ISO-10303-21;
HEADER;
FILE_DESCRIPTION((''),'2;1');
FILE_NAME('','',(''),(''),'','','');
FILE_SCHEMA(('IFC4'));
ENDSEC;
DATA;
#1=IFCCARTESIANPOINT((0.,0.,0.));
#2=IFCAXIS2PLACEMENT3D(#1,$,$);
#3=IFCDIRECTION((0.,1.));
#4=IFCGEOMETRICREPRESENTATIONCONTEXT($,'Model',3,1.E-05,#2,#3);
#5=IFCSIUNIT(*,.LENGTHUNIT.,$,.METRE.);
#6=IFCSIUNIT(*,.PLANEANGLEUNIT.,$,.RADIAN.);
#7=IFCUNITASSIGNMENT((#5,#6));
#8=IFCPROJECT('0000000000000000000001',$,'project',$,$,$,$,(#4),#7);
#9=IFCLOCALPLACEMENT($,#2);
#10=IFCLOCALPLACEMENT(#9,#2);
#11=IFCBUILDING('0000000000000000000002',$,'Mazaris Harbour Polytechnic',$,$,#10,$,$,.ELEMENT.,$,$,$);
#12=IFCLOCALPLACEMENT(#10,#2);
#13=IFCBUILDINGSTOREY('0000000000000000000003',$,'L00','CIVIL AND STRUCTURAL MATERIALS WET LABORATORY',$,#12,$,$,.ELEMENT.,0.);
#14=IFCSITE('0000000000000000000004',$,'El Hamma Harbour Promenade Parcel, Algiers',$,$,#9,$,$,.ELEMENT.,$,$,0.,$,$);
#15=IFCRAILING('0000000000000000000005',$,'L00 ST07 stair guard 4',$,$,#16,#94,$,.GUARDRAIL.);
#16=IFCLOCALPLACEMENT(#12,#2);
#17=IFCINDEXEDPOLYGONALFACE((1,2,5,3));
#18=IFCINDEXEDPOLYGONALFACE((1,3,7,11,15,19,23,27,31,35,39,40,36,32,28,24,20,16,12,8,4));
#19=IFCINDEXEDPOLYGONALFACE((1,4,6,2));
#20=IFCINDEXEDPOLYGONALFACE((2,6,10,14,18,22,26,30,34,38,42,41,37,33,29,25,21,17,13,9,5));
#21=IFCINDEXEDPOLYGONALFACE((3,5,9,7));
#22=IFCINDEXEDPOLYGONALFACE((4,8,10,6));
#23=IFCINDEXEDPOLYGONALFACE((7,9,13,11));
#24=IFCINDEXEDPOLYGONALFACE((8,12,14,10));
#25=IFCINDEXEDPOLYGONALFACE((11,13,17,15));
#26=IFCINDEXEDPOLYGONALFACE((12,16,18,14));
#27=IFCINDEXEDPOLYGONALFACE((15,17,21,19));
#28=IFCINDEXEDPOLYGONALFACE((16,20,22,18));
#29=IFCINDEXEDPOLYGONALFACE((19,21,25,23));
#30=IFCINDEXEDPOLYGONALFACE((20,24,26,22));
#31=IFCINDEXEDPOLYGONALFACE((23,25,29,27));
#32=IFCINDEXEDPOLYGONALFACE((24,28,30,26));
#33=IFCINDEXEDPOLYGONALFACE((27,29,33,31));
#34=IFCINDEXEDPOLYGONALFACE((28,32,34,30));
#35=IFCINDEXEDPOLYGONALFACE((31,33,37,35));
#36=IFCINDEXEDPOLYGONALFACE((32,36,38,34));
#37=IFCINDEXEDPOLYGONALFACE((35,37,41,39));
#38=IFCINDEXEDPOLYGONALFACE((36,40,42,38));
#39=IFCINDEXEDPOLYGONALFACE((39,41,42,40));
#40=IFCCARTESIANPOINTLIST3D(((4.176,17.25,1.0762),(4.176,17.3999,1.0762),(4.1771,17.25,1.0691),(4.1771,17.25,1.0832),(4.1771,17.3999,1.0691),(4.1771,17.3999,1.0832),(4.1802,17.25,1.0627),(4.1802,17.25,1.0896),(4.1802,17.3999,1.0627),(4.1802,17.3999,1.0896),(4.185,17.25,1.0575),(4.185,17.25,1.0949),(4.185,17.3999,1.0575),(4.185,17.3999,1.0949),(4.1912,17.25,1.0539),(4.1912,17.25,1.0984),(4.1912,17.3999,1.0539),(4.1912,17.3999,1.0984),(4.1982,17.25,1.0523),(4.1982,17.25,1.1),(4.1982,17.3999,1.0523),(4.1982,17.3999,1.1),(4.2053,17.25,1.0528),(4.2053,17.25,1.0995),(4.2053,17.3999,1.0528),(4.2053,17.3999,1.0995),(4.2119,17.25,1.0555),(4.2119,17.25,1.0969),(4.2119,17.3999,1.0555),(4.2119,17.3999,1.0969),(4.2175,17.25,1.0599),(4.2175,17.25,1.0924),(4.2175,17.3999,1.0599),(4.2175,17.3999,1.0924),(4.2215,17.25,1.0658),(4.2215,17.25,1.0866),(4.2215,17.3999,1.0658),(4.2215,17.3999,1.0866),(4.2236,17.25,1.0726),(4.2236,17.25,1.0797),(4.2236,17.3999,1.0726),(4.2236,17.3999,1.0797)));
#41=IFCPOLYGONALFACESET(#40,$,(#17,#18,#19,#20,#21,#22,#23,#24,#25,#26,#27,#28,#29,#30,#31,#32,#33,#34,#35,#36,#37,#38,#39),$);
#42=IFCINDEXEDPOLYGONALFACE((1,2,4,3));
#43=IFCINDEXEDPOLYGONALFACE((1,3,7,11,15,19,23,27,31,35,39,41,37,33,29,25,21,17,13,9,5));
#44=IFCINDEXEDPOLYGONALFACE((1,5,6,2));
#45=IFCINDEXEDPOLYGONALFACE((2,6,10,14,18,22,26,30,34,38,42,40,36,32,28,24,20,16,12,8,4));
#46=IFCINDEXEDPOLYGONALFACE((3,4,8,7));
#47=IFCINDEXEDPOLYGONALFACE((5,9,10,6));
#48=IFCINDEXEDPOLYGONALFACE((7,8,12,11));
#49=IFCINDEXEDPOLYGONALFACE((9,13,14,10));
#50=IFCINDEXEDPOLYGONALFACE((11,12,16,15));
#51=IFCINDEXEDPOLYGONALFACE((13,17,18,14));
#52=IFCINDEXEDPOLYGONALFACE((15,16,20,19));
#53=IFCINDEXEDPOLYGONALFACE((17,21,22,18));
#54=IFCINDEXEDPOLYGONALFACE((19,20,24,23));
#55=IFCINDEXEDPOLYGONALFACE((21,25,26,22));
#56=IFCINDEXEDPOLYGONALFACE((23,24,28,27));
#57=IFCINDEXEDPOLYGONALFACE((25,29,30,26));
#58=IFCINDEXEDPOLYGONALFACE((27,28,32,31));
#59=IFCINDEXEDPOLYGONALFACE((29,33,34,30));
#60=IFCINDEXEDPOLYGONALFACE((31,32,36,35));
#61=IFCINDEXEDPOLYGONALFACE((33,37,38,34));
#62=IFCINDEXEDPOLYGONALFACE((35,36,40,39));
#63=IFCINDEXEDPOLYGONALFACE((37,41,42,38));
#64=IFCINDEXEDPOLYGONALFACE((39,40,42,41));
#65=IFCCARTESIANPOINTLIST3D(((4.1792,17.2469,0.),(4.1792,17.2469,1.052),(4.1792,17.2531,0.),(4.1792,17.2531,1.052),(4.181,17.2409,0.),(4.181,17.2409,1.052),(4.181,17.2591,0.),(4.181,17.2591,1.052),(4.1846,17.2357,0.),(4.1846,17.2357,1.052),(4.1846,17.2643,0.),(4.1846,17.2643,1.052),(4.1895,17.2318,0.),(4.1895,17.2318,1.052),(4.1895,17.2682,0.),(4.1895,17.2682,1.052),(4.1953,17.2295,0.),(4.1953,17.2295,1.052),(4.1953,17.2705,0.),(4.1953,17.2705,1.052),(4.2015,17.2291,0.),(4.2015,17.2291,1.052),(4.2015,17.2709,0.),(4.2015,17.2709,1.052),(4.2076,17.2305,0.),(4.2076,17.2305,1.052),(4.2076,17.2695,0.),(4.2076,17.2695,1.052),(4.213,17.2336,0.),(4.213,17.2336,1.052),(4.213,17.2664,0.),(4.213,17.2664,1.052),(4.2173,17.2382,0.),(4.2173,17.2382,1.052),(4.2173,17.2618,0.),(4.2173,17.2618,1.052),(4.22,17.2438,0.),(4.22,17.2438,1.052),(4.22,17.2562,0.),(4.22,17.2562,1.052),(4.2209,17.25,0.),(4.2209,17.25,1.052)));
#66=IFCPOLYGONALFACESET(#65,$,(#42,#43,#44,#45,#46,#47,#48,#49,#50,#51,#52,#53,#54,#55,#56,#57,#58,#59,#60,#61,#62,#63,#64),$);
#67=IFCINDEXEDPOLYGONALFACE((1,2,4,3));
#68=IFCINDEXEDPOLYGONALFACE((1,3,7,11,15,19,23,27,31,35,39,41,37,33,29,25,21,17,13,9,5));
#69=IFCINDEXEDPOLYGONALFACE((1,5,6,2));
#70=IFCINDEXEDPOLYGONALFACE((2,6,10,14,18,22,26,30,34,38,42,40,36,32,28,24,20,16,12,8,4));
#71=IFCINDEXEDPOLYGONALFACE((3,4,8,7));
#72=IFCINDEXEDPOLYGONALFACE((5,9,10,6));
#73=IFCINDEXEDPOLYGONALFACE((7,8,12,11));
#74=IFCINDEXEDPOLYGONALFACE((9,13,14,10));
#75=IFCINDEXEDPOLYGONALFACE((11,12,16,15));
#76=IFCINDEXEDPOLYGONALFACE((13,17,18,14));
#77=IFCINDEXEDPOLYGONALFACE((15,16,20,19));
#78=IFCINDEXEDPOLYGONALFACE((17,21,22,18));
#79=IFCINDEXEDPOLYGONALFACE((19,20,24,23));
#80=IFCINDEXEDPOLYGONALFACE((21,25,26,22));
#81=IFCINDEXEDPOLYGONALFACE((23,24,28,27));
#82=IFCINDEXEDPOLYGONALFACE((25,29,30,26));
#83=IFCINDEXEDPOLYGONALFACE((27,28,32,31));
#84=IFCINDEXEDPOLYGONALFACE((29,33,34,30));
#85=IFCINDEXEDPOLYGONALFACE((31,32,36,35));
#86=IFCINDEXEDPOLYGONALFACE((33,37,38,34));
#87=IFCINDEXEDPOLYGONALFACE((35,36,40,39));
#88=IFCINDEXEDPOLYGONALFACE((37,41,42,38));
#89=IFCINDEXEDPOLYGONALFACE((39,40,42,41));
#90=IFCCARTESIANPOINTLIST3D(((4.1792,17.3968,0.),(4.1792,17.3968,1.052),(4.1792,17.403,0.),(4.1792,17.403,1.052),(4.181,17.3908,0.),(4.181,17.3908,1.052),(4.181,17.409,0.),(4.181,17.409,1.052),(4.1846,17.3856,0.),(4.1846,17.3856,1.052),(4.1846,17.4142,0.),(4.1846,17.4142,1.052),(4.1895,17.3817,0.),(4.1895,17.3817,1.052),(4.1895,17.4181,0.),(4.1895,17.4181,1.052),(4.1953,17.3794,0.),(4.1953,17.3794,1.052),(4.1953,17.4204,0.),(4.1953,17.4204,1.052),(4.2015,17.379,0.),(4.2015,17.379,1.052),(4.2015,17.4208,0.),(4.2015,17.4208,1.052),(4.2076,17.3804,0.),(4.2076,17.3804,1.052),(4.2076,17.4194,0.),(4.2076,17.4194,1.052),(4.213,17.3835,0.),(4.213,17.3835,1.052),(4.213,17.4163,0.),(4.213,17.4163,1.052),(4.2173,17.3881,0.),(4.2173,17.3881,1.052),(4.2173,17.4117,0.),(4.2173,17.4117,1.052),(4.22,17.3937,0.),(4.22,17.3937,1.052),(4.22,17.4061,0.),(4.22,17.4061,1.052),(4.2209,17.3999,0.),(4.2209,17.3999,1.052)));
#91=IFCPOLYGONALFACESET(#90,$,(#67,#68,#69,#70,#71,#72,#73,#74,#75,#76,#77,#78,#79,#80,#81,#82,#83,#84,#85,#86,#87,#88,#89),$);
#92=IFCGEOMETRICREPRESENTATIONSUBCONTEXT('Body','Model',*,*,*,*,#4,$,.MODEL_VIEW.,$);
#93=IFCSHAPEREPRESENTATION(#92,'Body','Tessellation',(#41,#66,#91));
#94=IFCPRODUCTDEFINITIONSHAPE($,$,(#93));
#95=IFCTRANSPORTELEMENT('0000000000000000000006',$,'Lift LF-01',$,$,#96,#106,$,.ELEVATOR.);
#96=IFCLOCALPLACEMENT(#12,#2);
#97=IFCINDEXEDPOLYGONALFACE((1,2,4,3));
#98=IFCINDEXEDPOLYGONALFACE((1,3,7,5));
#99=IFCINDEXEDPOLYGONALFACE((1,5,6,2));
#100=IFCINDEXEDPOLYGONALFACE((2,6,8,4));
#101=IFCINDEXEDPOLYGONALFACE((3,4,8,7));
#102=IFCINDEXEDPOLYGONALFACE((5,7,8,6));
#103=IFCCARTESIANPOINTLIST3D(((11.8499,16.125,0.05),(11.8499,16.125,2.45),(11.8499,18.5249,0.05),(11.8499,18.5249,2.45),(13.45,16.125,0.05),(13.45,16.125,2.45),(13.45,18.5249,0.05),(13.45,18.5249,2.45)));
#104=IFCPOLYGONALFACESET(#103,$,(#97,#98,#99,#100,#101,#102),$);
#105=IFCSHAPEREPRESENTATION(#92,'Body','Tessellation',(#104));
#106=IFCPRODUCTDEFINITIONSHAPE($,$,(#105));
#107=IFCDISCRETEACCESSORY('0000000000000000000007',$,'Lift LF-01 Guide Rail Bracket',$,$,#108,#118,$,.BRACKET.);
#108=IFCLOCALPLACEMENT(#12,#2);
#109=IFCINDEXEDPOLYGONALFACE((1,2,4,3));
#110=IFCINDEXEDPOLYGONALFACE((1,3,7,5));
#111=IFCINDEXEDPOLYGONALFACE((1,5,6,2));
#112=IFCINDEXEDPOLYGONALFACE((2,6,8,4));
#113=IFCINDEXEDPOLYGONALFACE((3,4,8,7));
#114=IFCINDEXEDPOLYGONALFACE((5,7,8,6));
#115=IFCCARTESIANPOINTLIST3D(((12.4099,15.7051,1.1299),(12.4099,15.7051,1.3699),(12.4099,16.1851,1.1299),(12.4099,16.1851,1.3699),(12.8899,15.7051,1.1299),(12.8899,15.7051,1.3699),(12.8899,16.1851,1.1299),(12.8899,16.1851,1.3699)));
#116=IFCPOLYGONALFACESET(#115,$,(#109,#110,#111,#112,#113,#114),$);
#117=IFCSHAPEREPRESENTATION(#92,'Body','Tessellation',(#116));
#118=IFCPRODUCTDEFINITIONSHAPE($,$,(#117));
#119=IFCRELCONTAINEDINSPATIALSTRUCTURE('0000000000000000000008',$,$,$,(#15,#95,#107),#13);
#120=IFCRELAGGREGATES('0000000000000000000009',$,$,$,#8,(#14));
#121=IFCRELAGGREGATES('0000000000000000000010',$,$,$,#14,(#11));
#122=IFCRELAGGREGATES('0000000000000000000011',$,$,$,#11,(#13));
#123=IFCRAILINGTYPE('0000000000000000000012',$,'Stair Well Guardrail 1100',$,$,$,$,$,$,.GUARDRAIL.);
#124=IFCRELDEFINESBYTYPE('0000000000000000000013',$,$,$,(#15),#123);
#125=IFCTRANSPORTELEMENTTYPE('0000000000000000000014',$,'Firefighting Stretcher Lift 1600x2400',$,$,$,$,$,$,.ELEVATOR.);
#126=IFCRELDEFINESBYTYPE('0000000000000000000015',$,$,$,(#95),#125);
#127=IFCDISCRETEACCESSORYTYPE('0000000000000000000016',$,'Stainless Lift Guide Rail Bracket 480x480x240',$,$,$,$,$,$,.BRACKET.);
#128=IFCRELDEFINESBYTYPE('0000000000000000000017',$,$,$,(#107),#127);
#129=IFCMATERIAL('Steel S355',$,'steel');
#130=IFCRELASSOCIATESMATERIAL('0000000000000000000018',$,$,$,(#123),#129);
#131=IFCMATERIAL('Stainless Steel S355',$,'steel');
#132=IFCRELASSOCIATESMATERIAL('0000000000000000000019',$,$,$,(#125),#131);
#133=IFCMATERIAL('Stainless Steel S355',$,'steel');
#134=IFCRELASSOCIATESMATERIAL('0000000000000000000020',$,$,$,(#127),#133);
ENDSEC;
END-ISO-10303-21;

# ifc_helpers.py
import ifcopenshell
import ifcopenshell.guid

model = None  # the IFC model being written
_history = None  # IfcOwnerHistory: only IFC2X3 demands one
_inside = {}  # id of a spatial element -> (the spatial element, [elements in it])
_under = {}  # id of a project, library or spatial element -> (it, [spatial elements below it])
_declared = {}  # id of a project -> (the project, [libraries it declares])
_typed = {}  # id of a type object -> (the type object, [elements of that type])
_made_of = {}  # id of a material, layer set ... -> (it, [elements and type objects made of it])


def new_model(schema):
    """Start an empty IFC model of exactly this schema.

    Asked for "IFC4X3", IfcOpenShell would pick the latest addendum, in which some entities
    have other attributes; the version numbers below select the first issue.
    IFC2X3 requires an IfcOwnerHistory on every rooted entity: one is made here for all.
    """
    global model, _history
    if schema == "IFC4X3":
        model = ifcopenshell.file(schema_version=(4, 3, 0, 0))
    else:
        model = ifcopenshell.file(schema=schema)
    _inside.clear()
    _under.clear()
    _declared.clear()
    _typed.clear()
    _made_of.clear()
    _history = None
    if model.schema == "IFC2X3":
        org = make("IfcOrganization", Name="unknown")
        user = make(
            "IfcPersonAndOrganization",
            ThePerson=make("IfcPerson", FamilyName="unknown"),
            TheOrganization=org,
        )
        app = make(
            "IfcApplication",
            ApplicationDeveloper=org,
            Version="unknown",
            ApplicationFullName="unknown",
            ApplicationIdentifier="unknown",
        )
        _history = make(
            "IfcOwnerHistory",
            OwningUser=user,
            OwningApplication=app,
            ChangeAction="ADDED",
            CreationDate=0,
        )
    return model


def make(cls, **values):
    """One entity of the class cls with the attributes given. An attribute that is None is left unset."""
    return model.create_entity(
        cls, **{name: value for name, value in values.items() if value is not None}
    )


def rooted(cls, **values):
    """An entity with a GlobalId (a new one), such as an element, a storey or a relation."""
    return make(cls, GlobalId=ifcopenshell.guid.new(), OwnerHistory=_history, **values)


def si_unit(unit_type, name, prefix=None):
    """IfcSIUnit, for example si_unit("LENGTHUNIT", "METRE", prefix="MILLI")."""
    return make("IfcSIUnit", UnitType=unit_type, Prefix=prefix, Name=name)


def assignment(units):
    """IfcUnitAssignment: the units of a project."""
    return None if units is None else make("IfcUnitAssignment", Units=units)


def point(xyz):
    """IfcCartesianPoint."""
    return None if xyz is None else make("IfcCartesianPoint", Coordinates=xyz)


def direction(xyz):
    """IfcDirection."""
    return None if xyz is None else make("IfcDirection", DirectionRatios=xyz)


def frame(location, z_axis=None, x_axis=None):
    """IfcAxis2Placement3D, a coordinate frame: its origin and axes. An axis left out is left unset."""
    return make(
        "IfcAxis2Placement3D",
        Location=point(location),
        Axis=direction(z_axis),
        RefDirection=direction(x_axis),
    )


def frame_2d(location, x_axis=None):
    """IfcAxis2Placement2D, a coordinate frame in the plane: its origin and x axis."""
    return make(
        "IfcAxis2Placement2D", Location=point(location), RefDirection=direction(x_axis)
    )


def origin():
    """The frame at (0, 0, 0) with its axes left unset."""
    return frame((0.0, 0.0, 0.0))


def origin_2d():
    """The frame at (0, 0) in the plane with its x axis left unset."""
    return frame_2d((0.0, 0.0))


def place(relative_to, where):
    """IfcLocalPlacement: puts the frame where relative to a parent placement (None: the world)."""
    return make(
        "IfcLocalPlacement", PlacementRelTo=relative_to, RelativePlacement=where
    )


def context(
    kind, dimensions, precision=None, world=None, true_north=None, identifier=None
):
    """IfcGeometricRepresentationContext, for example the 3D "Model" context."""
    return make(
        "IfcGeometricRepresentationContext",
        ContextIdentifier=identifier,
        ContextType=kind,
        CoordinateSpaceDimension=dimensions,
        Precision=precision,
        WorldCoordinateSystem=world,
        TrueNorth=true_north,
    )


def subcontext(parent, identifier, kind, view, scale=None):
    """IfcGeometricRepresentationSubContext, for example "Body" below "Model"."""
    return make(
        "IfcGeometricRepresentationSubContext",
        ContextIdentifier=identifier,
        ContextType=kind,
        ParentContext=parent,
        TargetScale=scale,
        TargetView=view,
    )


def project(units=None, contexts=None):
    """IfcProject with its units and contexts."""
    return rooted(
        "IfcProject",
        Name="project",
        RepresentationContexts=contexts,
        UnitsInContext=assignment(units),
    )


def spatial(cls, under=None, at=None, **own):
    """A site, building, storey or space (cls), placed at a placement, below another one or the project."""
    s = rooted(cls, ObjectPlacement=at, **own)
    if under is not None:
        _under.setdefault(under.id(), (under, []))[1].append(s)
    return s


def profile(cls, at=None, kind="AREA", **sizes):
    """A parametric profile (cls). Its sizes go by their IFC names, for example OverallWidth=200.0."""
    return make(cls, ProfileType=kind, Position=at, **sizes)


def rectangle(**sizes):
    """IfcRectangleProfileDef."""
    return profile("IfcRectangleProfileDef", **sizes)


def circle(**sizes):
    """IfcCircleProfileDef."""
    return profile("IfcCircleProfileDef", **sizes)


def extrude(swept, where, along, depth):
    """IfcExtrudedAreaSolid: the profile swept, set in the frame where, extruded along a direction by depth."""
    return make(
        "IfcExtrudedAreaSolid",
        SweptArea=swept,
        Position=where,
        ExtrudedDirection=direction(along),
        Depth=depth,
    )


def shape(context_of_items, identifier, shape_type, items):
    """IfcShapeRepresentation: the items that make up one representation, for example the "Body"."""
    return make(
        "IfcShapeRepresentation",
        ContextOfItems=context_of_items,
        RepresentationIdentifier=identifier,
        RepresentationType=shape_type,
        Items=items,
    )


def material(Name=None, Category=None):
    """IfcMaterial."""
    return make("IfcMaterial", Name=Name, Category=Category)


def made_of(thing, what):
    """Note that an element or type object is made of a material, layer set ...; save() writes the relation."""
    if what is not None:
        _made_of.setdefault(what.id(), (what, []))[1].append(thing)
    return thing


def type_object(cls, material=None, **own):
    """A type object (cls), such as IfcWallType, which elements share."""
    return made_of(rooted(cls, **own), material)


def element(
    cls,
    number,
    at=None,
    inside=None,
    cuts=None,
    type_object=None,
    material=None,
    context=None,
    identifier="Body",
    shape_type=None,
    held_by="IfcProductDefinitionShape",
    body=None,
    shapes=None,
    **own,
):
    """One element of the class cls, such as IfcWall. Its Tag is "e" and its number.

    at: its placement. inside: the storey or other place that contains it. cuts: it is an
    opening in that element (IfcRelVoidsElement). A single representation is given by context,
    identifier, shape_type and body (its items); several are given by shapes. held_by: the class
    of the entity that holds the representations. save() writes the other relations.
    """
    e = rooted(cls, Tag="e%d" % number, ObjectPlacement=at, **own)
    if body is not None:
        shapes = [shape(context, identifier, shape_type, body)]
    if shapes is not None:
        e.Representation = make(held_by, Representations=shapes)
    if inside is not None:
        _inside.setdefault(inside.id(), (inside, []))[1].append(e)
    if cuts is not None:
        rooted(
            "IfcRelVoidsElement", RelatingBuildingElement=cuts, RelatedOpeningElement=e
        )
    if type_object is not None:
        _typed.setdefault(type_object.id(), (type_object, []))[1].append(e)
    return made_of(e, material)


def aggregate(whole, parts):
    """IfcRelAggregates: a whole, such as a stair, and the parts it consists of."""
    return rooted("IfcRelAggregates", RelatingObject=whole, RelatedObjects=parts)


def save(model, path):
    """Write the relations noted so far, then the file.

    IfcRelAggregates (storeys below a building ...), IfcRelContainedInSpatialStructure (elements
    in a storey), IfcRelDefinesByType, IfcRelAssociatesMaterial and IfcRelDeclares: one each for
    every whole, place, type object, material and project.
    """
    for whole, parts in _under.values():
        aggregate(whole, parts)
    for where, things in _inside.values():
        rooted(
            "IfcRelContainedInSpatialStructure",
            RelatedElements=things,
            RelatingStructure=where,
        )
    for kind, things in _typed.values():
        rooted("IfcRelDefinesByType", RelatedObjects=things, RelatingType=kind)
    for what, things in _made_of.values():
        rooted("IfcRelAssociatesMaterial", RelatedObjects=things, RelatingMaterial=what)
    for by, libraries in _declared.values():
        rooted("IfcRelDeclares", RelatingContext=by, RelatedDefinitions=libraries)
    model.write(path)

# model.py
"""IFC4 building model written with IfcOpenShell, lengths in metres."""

from ifc_helpers import new_model, si_unit, direction, frame, origin, origin_2d, place, context, subcontext, project, spatial, rectangle, circle, extrude, material, type_object, element, save


model = new_model("IFC4")

# Units and contexts
model_context = context("Model", 3, precision=1e-05, world=origin(), true_north=direction((0.0, 1.0)))
body_context = subcontext(model_context, "Body", "Model", "MODEL_VIEW")
ifc_project = project(units=[si_unit("LENGTHUNIT", "METRE"), si_unit("PLANEANGLEUNIT", "RADIAN")], contexts=[model_context])

# Site, building, storey
site_placement = place(None, origin())
site = spatial("IfcSite", under=ifc_project, at=site_placement, Name="El Hamma Harbour Promenade Parcel, Algiers", CompositionType="ELEMENT", RefElevation=0.0)
building_placement = place(site_placement, origin())
building = spatial("IfcBuilding", under=site, at=building_placement, Name="Mazaris Harbour Polytechnic", CompositionType="ELEMENT")
storey_placement = place(building_placement, origin())
storey = spatial("IfcBuildingStorey", under=building, at=storey_placement, Name="L00", Description="CIVIL AND STRUCTURAL MATERIALS WET LABORATORY", CompositionType="ELEMENT", Elevation=0.0)

# Railing
ifc_material_1 = material(Name="Steel S355", Category="steel")
railing_type_1 = type_object("IfcRailingType", Name="Stair Well Guardrail 1100", PredefinedType="GUARDRAIL", material=ifc_material_1)
railing_1_placement = place(storey_placement, frame((4.2, 17.25, 0.0)))
element("IfcRailing", 1, at=railing_1_placement, inside=storey, type_object=railing_type_1, Name="L00 ST07 stair guard 4", PredefinedType="GUARDRAIL", context=body_context, shape_type="SweptSolid", body=[
    extrude(circle(Radius=0.0239, at=origin_2d()), frame((0.0, 0.0, 1.0762), z_axis=(0.0, 1.0, 0.0), x_axis=(-1.0, 0.0, 0.0)), (0.0, 0.0, 1.0), 0.1499),
    extrude(circle(Radius=0.021, at=origin_2d()), origin(), (0.0, 0.0, 1.0), 1.052),
    extrude(circle(Radius=0.021, at=origin_2d()), frame((0.0, 0.1499, 0.0)), (0.0, 0.0, 1.0), 1.052),
])

# Transport element
ifc_material_2 = material(Name="Stainless Steel S355", Category="steel")
transport_element_type = type_object("IfcTransportElementType", Name="Firefighting Stretcher Lift 1600x2400", PredefinedType="ELEVATOR", material=ifc_material_2)
transport_element_placement = place(storey_placement, frame((12.6499, 17.325, 0.05), z_axis=(0.0, 0.0, 1.0), x_axis=(1.0, 0.0, 0.0)))
element("IfcTransportElement", 2, at=transport_element_placement, inside=storey, type_object=transport_element_type, Name="Lift LF-01", PredefinedType="ELEVATOR", context=body_context, shape_type="SweptSolid", body=[
    extrude(rectangle(XDim=1.6001, YDim=2.3999, at=origin_2d()), origin(), (0.0, 0.0, 1.0), 2.3999),
])

# Discrete accessory
ifc_material_3 = material(Name="Stainless Steel S355", Category="steel")
discrete_accessory_type = type_object("IfcDiscreteAccessoryType", Name="Stainless Lift Guide Rail Bracket 480x480x240", PredefinedType="BRACKET", material=ifc_material_3)
discrete_accessory_placement = place(storey_placement, frame((12.6499, 15.9451, 1.1299), z_axis=(0.0, 0.0, 1.0), x_axis=(1.0, 0.0, 0.0)))
element("IfcDiscreteAccessory", 3, at=discrete_accessory_placement, inside=storey, type_object=discrete_accessory_type, Name="Lift LF-01 Guide Rail Bracket", PredefinedType="BRACKET", context=body_context, shape_type="SweptSolid", body=[
    extrude(rectangle(XDim=0.48, YDim=0.48, at=origin_2d()), origin(), (0.0, 0.0, 1.0), 0.24),
])

save(model, "model.ifc")
